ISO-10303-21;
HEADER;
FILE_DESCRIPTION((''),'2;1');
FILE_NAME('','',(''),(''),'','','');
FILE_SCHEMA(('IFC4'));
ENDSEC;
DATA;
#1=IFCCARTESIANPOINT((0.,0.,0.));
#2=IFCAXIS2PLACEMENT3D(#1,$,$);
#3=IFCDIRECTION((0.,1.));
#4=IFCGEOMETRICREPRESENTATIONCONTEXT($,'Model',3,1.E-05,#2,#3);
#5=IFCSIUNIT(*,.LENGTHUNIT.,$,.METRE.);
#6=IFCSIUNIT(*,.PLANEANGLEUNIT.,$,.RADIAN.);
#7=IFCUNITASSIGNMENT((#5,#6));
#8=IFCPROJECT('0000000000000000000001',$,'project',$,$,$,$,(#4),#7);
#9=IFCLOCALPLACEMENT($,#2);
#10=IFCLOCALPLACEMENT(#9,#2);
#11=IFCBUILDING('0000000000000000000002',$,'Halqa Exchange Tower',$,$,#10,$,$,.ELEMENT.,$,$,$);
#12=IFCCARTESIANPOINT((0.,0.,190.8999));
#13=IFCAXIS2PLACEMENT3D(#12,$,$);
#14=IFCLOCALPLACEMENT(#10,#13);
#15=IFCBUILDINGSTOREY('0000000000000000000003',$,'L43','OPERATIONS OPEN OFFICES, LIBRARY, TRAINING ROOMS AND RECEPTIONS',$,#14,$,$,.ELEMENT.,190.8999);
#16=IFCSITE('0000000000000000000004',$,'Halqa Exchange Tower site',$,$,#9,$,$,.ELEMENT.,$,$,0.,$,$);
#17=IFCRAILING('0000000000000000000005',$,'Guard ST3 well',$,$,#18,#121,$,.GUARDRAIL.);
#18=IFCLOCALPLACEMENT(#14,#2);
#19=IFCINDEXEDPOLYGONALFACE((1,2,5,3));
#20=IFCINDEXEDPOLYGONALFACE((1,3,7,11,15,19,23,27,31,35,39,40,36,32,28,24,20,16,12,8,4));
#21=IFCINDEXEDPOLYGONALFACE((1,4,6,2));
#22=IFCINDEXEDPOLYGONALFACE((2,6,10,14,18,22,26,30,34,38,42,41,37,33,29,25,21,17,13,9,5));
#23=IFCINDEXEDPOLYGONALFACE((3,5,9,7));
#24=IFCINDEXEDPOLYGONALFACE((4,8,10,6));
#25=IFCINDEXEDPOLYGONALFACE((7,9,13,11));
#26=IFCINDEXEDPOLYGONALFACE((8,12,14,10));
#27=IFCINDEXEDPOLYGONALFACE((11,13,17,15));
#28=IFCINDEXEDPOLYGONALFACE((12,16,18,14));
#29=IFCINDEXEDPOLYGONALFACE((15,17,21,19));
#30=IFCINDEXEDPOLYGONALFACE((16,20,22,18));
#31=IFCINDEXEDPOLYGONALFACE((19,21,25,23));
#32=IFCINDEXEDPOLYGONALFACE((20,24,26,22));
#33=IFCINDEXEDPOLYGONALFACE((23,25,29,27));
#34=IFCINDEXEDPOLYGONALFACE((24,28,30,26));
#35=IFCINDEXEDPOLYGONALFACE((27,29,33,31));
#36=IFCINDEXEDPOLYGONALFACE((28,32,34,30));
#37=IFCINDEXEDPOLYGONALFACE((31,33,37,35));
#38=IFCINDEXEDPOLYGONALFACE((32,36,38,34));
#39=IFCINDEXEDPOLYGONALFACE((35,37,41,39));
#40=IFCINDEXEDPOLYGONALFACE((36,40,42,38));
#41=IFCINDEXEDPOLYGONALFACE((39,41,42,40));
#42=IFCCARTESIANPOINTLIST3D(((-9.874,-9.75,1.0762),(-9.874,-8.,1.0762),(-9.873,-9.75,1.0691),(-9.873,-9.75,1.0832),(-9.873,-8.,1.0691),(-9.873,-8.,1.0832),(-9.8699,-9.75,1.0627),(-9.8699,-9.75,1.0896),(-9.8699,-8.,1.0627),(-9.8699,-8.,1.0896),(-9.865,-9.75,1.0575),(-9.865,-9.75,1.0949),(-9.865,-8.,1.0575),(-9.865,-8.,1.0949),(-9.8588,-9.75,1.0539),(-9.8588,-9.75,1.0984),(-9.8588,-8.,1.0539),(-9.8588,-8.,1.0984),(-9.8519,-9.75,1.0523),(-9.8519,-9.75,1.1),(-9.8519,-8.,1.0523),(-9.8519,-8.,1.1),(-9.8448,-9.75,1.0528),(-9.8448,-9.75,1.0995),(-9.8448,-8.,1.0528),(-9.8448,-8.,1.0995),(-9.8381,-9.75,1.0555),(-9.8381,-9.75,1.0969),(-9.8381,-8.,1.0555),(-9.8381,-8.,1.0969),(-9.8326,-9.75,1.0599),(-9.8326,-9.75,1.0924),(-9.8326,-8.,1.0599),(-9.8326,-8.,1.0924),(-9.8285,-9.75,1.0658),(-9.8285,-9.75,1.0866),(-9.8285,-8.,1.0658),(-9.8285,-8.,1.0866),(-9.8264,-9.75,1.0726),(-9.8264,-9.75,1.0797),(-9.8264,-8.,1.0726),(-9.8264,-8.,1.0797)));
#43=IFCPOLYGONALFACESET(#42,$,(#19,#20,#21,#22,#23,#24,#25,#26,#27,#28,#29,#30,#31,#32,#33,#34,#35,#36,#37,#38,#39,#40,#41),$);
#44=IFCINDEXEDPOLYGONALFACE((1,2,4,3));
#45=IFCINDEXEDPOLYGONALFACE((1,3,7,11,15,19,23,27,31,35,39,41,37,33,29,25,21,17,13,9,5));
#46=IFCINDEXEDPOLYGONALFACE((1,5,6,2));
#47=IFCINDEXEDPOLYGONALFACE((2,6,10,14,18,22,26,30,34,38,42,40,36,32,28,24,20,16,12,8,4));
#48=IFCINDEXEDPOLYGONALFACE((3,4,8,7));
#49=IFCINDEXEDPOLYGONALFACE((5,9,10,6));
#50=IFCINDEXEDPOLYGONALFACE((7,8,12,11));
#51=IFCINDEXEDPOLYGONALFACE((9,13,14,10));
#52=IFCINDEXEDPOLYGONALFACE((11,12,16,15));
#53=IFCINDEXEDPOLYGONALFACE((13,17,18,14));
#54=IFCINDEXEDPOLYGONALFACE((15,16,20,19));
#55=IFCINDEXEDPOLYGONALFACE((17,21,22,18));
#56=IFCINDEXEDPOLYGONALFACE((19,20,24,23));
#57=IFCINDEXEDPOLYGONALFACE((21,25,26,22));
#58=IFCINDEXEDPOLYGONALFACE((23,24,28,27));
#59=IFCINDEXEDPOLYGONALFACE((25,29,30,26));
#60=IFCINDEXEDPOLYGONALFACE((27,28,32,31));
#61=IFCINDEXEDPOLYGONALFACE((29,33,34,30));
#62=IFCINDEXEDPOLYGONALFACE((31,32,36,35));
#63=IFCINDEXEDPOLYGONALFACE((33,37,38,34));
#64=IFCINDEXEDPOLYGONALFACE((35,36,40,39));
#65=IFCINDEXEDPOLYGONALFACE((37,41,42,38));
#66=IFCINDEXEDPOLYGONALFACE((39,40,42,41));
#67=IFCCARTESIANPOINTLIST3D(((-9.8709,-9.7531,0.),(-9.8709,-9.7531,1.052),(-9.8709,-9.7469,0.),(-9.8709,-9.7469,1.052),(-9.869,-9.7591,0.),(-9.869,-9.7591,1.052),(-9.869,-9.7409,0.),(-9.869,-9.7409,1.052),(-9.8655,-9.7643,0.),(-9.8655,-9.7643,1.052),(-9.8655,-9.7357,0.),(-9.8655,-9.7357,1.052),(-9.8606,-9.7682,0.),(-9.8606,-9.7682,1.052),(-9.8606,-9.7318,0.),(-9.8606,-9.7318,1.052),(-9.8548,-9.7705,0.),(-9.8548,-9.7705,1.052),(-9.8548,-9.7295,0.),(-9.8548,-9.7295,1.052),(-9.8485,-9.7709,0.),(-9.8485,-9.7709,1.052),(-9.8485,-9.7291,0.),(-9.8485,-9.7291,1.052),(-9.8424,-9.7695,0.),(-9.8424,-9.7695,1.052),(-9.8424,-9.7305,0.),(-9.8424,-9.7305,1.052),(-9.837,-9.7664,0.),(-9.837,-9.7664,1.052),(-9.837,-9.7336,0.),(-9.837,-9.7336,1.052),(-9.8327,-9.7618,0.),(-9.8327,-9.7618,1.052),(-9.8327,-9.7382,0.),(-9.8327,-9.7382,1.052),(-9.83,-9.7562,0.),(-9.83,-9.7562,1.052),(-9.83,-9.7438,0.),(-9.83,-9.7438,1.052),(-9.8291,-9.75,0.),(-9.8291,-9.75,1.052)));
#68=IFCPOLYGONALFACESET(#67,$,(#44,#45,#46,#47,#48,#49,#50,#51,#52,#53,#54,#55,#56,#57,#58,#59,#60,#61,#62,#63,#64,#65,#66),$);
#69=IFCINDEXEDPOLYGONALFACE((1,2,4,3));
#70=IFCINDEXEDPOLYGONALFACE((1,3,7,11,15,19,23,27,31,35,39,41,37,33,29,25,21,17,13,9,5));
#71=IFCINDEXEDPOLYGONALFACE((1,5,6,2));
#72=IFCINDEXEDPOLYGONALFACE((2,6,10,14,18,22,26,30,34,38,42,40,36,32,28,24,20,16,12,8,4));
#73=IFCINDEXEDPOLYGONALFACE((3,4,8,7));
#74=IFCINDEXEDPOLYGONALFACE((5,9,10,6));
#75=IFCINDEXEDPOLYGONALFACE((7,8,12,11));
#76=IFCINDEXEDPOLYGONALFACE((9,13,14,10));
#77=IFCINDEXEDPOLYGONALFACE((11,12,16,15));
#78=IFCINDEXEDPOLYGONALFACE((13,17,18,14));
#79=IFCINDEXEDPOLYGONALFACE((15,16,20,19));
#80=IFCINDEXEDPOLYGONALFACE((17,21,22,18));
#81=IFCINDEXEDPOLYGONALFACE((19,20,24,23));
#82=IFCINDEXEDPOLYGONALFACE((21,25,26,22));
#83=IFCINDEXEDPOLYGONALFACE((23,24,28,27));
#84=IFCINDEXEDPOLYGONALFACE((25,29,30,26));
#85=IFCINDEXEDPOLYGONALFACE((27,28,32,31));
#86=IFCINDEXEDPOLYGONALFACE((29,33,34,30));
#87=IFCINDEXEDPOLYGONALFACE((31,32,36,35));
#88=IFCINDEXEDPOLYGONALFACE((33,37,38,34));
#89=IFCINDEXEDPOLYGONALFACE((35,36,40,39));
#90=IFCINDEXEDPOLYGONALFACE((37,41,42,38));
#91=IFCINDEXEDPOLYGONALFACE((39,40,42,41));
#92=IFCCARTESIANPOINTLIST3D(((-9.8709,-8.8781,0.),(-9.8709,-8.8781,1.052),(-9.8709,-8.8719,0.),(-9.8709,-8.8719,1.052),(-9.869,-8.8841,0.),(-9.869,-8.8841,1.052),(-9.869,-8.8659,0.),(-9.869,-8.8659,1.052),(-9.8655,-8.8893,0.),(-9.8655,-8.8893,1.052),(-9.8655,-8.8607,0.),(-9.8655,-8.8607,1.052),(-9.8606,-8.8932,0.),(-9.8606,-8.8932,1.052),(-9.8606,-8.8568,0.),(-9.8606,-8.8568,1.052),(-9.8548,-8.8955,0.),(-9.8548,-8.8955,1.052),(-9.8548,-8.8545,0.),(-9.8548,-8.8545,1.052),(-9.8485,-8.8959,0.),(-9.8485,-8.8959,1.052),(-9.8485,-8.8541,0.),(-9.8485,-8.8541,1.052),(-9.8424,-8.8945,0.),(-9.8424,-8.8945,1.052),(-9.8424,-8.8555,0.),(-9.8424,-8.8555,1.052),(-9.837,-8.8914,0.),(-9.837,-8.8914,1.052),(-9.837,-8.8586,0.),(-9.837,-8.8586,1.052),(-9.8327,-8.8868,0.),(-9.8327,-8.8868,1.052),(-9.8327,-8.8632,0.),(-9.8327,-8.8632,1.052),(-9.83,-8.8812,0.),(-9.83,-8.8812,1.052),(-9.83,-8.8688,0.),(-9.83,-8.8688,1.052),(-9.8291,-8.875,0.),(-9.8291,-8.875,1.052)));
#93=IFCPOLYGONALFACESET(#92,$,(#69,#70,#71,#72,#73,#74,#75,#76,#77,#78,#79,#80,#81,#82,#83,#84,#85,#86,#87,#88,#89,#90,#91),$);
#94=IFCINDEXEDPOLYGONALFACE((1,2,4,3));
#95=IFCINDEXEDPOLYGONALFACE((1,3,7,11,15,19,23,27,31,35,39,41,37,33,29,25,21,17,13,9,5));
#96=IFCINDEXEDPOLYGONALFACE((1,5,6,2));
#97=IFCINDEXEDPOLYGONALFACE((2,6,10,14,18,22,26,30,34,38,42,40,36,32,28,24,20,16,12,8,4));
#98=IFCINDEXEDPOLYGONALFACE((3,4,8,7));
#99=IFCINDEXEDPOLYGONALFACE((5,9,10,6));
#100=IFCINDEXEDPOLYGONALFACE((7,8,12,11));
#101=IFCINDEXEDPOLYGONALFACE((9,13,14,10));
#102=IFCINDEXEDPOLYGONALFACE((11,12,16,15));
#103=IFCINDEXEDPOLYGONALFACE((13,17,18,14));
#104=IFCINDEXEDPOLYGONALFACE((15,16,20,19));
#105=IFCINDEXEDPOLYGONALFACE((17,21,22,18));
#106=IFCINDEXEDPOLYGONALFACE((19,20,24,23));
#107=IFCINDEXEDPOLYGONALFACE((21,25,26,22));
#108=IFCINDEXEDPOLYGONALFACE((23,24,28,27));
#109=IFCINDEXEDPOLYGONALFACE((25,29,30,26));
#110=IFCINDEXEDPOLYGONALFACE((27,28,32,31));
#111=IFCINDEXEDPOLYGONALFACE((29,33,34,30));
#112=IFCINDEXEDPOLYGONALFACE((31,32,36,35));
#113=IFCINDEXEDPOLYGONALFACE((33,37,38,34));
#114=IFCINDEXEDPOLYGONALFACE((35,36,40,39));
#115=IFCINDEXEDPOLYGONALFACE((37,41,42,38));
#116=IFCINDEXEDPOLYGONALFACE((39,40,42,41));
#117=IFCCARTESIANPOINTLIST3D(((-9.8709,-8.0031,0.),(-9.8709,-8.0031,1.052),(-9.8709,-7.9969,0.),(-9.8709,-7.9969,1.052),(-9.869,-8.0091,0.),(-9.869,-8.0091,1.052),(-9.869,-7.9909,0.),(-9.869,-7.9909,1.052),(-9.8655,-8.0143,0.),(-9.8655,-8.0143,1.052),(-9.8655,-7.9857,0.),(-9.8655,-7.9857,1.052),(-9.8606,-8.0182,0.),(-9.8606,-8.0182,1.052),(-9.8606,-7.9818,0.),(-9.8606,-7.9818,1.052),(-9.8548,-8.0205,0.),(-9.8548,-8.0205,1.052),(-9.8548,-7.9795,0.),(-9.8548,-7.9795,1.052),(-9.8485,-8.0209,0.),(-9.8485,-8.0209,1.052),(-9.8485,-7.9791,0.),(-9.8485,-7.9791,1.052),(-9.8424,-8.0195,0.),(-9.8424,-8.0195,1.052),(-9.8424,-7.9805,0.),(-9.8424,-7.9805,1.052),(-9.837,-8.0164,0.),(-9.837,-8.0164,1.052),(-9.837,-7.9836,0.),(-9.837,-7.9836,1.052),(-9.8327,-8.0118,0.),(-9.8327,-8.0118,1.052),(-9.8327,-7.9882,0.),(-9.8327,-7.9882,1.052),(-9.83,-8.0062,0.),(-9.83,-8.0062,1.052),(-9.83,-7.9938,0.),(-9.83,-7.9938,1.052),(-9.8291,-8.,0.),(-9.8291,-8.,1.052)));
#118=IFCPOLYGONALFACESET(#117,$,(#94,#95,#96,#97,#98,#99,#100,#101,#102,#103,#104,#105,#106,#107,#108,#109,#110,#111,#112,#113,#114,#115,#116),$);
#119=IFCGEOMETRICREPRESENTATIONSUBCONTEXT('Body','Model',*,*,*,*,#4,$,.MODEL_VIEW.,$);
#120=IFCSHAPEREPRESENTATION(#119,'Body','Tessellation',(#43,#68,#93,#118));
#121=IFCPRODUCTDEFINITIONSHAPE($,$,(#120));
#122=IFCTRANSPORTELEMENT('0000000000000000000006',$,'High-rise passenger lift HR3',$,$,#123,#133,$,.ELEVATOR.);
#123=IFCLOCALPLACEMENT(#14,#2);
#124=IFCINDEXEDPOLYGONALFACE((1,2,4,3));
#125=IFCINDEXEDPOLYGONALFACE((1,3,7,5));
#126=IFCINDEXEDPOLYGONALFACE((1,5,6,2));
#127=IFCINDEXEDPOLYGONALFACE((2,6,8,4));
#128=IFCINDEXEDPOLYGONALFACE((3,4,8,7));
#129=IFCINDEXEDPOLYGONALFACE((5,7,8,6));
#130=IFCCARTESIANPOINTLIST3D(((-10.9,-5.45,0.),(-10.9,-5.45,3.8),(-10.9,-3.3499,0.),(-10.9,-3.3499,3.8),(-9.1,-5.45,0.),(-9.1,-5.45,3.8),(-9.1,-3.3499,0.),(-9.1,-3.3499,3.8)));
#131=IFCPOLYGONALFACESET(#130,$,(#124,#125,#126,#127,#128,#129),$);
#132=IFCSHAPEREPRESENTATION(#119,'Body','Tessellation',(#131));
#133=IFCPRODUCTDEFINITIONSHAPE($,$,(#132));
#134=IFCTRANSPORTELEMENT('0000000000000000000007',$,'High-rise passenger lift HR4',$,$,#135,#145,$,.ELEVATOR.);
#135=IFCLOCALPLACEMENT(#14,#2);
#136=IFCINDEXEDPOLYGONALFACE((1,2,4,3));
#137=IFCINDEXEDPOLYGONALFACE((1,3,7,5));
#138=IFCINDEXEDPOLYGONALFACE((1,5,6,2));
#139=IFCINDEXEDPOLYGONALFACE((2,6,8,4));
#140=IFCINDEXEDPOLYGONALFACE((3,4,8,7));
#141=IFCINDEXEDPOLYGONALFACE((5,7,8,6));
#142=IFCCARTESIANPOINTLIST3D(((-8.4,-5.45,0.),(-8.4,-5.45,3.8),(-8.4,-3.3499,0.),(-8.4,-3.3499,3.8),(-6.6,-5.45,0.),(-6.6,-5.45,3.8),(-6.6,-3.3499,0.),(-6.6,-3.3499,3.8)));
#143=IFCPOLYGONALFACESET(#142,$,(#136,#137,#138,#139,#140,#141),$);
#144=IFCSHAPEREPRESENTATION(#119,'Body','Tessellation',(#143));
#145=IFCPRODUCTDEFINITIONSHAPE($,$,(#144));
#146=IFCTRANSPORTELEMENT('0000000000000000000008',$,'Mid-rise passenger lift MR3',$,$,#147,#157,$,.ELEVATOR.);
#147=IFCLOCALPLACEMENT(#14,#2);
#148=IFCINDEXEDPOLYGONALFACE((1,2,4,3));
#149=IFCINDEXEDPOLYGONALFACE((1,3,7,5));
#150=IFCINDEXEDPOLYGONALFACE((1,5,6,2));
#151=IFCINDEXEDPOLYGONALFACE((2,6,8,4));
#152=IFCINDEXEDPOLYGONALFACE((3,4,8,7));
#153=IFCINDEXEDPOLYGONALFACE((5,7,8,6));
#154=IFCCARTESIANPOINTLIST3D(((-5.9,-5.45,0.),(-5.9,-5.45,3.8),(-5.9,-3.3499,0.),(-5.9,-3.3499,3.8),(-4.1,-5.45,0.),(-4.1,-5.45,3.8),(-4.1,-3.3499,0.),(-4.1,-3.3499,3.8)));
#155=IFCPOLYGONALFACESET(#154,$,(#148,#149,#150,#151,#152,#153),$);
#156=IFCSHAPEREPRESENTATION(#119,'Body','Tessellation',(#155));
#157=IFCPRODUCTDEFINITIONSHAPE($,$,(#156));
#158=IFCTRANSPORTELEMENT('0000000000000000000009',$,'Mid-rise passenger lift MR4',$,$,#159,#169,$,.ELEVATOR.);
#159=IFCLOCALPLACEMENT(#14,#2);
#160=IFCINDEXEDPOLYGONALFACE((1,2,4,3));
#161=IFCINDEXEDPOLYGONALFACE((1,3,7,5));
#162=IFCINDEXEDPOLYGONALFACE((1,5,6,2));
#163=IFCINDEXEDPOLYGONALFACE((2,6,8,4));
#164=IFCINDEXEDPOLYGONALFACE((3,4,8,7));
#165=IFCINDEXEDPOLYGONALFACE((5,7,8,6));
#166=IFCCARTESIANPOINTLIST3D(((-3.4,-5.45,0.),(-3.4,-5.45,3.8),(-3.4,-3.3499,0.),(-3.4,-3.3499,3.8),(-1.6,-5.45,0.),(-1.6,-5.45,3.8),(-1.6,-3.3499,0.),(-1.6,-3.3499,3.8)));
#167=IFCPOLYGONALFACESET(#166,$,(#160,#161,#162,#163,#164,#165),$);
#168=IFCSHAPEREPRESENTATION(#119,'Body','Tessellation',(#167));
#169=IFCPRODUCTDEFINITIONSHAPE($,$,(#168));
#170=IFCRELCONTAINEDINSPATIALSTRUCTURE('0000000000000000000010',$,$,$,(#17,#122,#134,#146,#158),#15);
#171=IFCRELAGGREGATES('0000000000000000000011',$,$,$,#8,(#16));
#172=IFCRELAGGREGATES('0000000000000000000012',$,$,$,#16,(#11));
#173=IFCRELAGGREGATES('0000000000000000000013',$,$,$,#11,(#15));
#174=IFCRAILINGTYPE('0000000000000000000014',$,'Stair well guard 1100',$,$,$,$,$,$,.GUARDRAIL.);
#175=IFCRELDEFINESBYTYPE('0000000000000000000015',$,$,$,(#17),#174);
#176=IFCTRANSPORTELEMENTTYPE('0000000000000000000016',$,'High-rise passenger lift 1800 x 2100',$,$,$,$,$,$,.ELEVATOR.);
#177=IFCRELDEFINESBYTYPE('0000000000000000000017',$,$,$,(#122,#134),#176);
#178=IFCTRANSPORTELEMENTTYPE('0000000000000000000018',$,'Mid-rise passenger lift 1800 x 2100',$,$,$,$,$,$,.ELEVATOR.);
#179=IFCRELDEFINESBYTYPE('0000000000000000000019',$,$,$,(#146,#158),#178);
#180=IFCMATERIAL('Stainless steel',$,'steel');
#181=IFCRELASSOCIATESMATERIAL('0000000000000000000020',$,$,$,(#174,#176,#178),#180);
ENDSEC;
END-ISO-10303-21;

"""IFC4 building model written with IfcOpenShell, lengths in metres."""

from ifc_helpers import new_model, si_unit, direction, frame, origin, origin_2d, place, context, subcontext, project, spatial, rectangle, circle, extrude, material, type_object, element, save


model = new_model("IFC4")

# Units and contexts
model_context = context("Model", 3, precision=1e-05, world=origin(), true_north=direction((0.0, 1.0)))
body_context = subcontext(model_context, "Body", "Model", "MODEL_VIEW")
ifc_project = project(units=[si_unit("LENGTHUNIT", "METRE"), si_unit("PLANEANGLEUNIT", "RADIAN")], contexts=[model_context])

# Site, building, storey
site_placement = place(None, origin())
site = spatial("IfcSite", under=ifc_project, at=site_placement, Name="Halqa Exchange Tower site", CompositionType="ELEMENT", RefElevation=0.0)
building_placement = place(site_placement, origin())
building = spatial("IfcBuilding", under=site, at=building_placement, Name="Halqa Exchange Tower", CompositionType="ELEMENT")
storey_placement = place(building_placement, frame((0.0, 0.0, 190.8999)))
storey = spatial("IfcBuildingStorey", under=building, at=storey_placement, Name="L43", Description="OPERATIONS OPEN OFFICES, LIBRARY, TRAINING ROOMS AND RECEPTIONS", CompositionType="ELEMENT", Elevation=190.8999)

# Shared definitions
ifc_material_1 = material(Name="Stainless steel", Category="steel")

# Railing
railing_type_1 = type_object("IfcRailingType", Name="Stair well guard 1100", PredefinedType="GUARDRAIL", material=ifc_material_1)
railing_1_placement = place(storey_placement, frame((-9.8501, -9.75, 0.0)))
element("IfcRailing", 1, at=railing_1_placement, inside=storey, type_object=railing_type_1, Name="Guard ST3 well", PredefinedType="GUARDRAIL", context=body_context, shape_type="SweptSolid", body=[
    extrude(circle(Radius=0.0239, at=origin_2d()), frame((0.0, 0.0, 1.0762), z_axis=(0.0, 1.0, 0.0), x_axis=(-1.0, 0.0, 0.0)), (0.0, 0.0, 1.0), 1.75),
    extrude(circle(Radius=0.021, at=origin_2d()), origin(), (0.0, 0.0, 1.0), 1.052),
    extrude(circle(Radius=0.021, at=origin_2d()), frame((0.0, 0.875, 0.0)), (0.0, 0.0, 1.0), 1.052),
    extrude(circle(Radius=0.021, at=origin_2d()), frame((0.0, 1.75, 0.0)), (0.0, 0.0, 1.0), 1.052),
])

# Transport elements
transport_element_type_1 = type_object("IfcTransportElementType", Name="High-rise passenger lift 1800 x 2100", PredefinedType="ELEVATOR", material=ifc_material_1)
for number, where, z_axis, x_axis, name in (
    (2, (-10.0, -4.3999, 0.0), (0.0, 0.0, 1.0), (1.0, 0.0, 0.0), "High-rise passenger lift HR3"),
    (3, (-7.5, -4.3999, 0.0), (0.0, 0.0, 1.0), (1.0, 0.0, 0.0), "High-rise passenger lift HR4"),
):
    element("IfcTransportElement", number, at=place(storey_placement, frame(where, z_axis=z_axis, x_axis=x_axis)), inside=storey, type_object=transport_element_type_1, Name=name, PredefinedType="ELEVATOR", context=body_context, shape_type="SweptSolid", body=[
        extrude(rectangle(XDim=1.8, YDim=2.1001, at=origin_2d()), origin(), (0.0, 0.0, 1.0), 3.8),
    ])
transport_element_type_2 = type_object("IfcTransportElementType", Name="Mid-rise passenger lift 1800 x 2100", PredefinedType="ELEVATOR", material=ifc_material_1)
for number, where, z_axis, x_axis, name in (
    (4, (-5.0, -4.3999, 0.0), (0.0, 0.0, 1.0), (1.0, 0.0, 0.0), "Mid-rise passenger lift MR3"),
    (5, (-2.5, -4.3999, 0.0), (0.0, 0.0, 1.0), (1.0, 0.0, 0.0), "Mid-rise passenger lift MR4"),
):
    element("IfcTransportElement", number, at=place(storey_placement, frame(where, z_axis=z_axis, x_axis=x_axis)), inside=storey, type_object=transport_element_type_2, Name=name, PredefinedType="ELEVATOR", context=body_context, shape_type="SweptSolid", body=[
        extrude(rectangle(XDim=1.8, YDim=2.1001, at=origin_2d()), origin(), (0.0, 0.0, 1.0), 3.8),
    ])

save(model, "model.ifc")
